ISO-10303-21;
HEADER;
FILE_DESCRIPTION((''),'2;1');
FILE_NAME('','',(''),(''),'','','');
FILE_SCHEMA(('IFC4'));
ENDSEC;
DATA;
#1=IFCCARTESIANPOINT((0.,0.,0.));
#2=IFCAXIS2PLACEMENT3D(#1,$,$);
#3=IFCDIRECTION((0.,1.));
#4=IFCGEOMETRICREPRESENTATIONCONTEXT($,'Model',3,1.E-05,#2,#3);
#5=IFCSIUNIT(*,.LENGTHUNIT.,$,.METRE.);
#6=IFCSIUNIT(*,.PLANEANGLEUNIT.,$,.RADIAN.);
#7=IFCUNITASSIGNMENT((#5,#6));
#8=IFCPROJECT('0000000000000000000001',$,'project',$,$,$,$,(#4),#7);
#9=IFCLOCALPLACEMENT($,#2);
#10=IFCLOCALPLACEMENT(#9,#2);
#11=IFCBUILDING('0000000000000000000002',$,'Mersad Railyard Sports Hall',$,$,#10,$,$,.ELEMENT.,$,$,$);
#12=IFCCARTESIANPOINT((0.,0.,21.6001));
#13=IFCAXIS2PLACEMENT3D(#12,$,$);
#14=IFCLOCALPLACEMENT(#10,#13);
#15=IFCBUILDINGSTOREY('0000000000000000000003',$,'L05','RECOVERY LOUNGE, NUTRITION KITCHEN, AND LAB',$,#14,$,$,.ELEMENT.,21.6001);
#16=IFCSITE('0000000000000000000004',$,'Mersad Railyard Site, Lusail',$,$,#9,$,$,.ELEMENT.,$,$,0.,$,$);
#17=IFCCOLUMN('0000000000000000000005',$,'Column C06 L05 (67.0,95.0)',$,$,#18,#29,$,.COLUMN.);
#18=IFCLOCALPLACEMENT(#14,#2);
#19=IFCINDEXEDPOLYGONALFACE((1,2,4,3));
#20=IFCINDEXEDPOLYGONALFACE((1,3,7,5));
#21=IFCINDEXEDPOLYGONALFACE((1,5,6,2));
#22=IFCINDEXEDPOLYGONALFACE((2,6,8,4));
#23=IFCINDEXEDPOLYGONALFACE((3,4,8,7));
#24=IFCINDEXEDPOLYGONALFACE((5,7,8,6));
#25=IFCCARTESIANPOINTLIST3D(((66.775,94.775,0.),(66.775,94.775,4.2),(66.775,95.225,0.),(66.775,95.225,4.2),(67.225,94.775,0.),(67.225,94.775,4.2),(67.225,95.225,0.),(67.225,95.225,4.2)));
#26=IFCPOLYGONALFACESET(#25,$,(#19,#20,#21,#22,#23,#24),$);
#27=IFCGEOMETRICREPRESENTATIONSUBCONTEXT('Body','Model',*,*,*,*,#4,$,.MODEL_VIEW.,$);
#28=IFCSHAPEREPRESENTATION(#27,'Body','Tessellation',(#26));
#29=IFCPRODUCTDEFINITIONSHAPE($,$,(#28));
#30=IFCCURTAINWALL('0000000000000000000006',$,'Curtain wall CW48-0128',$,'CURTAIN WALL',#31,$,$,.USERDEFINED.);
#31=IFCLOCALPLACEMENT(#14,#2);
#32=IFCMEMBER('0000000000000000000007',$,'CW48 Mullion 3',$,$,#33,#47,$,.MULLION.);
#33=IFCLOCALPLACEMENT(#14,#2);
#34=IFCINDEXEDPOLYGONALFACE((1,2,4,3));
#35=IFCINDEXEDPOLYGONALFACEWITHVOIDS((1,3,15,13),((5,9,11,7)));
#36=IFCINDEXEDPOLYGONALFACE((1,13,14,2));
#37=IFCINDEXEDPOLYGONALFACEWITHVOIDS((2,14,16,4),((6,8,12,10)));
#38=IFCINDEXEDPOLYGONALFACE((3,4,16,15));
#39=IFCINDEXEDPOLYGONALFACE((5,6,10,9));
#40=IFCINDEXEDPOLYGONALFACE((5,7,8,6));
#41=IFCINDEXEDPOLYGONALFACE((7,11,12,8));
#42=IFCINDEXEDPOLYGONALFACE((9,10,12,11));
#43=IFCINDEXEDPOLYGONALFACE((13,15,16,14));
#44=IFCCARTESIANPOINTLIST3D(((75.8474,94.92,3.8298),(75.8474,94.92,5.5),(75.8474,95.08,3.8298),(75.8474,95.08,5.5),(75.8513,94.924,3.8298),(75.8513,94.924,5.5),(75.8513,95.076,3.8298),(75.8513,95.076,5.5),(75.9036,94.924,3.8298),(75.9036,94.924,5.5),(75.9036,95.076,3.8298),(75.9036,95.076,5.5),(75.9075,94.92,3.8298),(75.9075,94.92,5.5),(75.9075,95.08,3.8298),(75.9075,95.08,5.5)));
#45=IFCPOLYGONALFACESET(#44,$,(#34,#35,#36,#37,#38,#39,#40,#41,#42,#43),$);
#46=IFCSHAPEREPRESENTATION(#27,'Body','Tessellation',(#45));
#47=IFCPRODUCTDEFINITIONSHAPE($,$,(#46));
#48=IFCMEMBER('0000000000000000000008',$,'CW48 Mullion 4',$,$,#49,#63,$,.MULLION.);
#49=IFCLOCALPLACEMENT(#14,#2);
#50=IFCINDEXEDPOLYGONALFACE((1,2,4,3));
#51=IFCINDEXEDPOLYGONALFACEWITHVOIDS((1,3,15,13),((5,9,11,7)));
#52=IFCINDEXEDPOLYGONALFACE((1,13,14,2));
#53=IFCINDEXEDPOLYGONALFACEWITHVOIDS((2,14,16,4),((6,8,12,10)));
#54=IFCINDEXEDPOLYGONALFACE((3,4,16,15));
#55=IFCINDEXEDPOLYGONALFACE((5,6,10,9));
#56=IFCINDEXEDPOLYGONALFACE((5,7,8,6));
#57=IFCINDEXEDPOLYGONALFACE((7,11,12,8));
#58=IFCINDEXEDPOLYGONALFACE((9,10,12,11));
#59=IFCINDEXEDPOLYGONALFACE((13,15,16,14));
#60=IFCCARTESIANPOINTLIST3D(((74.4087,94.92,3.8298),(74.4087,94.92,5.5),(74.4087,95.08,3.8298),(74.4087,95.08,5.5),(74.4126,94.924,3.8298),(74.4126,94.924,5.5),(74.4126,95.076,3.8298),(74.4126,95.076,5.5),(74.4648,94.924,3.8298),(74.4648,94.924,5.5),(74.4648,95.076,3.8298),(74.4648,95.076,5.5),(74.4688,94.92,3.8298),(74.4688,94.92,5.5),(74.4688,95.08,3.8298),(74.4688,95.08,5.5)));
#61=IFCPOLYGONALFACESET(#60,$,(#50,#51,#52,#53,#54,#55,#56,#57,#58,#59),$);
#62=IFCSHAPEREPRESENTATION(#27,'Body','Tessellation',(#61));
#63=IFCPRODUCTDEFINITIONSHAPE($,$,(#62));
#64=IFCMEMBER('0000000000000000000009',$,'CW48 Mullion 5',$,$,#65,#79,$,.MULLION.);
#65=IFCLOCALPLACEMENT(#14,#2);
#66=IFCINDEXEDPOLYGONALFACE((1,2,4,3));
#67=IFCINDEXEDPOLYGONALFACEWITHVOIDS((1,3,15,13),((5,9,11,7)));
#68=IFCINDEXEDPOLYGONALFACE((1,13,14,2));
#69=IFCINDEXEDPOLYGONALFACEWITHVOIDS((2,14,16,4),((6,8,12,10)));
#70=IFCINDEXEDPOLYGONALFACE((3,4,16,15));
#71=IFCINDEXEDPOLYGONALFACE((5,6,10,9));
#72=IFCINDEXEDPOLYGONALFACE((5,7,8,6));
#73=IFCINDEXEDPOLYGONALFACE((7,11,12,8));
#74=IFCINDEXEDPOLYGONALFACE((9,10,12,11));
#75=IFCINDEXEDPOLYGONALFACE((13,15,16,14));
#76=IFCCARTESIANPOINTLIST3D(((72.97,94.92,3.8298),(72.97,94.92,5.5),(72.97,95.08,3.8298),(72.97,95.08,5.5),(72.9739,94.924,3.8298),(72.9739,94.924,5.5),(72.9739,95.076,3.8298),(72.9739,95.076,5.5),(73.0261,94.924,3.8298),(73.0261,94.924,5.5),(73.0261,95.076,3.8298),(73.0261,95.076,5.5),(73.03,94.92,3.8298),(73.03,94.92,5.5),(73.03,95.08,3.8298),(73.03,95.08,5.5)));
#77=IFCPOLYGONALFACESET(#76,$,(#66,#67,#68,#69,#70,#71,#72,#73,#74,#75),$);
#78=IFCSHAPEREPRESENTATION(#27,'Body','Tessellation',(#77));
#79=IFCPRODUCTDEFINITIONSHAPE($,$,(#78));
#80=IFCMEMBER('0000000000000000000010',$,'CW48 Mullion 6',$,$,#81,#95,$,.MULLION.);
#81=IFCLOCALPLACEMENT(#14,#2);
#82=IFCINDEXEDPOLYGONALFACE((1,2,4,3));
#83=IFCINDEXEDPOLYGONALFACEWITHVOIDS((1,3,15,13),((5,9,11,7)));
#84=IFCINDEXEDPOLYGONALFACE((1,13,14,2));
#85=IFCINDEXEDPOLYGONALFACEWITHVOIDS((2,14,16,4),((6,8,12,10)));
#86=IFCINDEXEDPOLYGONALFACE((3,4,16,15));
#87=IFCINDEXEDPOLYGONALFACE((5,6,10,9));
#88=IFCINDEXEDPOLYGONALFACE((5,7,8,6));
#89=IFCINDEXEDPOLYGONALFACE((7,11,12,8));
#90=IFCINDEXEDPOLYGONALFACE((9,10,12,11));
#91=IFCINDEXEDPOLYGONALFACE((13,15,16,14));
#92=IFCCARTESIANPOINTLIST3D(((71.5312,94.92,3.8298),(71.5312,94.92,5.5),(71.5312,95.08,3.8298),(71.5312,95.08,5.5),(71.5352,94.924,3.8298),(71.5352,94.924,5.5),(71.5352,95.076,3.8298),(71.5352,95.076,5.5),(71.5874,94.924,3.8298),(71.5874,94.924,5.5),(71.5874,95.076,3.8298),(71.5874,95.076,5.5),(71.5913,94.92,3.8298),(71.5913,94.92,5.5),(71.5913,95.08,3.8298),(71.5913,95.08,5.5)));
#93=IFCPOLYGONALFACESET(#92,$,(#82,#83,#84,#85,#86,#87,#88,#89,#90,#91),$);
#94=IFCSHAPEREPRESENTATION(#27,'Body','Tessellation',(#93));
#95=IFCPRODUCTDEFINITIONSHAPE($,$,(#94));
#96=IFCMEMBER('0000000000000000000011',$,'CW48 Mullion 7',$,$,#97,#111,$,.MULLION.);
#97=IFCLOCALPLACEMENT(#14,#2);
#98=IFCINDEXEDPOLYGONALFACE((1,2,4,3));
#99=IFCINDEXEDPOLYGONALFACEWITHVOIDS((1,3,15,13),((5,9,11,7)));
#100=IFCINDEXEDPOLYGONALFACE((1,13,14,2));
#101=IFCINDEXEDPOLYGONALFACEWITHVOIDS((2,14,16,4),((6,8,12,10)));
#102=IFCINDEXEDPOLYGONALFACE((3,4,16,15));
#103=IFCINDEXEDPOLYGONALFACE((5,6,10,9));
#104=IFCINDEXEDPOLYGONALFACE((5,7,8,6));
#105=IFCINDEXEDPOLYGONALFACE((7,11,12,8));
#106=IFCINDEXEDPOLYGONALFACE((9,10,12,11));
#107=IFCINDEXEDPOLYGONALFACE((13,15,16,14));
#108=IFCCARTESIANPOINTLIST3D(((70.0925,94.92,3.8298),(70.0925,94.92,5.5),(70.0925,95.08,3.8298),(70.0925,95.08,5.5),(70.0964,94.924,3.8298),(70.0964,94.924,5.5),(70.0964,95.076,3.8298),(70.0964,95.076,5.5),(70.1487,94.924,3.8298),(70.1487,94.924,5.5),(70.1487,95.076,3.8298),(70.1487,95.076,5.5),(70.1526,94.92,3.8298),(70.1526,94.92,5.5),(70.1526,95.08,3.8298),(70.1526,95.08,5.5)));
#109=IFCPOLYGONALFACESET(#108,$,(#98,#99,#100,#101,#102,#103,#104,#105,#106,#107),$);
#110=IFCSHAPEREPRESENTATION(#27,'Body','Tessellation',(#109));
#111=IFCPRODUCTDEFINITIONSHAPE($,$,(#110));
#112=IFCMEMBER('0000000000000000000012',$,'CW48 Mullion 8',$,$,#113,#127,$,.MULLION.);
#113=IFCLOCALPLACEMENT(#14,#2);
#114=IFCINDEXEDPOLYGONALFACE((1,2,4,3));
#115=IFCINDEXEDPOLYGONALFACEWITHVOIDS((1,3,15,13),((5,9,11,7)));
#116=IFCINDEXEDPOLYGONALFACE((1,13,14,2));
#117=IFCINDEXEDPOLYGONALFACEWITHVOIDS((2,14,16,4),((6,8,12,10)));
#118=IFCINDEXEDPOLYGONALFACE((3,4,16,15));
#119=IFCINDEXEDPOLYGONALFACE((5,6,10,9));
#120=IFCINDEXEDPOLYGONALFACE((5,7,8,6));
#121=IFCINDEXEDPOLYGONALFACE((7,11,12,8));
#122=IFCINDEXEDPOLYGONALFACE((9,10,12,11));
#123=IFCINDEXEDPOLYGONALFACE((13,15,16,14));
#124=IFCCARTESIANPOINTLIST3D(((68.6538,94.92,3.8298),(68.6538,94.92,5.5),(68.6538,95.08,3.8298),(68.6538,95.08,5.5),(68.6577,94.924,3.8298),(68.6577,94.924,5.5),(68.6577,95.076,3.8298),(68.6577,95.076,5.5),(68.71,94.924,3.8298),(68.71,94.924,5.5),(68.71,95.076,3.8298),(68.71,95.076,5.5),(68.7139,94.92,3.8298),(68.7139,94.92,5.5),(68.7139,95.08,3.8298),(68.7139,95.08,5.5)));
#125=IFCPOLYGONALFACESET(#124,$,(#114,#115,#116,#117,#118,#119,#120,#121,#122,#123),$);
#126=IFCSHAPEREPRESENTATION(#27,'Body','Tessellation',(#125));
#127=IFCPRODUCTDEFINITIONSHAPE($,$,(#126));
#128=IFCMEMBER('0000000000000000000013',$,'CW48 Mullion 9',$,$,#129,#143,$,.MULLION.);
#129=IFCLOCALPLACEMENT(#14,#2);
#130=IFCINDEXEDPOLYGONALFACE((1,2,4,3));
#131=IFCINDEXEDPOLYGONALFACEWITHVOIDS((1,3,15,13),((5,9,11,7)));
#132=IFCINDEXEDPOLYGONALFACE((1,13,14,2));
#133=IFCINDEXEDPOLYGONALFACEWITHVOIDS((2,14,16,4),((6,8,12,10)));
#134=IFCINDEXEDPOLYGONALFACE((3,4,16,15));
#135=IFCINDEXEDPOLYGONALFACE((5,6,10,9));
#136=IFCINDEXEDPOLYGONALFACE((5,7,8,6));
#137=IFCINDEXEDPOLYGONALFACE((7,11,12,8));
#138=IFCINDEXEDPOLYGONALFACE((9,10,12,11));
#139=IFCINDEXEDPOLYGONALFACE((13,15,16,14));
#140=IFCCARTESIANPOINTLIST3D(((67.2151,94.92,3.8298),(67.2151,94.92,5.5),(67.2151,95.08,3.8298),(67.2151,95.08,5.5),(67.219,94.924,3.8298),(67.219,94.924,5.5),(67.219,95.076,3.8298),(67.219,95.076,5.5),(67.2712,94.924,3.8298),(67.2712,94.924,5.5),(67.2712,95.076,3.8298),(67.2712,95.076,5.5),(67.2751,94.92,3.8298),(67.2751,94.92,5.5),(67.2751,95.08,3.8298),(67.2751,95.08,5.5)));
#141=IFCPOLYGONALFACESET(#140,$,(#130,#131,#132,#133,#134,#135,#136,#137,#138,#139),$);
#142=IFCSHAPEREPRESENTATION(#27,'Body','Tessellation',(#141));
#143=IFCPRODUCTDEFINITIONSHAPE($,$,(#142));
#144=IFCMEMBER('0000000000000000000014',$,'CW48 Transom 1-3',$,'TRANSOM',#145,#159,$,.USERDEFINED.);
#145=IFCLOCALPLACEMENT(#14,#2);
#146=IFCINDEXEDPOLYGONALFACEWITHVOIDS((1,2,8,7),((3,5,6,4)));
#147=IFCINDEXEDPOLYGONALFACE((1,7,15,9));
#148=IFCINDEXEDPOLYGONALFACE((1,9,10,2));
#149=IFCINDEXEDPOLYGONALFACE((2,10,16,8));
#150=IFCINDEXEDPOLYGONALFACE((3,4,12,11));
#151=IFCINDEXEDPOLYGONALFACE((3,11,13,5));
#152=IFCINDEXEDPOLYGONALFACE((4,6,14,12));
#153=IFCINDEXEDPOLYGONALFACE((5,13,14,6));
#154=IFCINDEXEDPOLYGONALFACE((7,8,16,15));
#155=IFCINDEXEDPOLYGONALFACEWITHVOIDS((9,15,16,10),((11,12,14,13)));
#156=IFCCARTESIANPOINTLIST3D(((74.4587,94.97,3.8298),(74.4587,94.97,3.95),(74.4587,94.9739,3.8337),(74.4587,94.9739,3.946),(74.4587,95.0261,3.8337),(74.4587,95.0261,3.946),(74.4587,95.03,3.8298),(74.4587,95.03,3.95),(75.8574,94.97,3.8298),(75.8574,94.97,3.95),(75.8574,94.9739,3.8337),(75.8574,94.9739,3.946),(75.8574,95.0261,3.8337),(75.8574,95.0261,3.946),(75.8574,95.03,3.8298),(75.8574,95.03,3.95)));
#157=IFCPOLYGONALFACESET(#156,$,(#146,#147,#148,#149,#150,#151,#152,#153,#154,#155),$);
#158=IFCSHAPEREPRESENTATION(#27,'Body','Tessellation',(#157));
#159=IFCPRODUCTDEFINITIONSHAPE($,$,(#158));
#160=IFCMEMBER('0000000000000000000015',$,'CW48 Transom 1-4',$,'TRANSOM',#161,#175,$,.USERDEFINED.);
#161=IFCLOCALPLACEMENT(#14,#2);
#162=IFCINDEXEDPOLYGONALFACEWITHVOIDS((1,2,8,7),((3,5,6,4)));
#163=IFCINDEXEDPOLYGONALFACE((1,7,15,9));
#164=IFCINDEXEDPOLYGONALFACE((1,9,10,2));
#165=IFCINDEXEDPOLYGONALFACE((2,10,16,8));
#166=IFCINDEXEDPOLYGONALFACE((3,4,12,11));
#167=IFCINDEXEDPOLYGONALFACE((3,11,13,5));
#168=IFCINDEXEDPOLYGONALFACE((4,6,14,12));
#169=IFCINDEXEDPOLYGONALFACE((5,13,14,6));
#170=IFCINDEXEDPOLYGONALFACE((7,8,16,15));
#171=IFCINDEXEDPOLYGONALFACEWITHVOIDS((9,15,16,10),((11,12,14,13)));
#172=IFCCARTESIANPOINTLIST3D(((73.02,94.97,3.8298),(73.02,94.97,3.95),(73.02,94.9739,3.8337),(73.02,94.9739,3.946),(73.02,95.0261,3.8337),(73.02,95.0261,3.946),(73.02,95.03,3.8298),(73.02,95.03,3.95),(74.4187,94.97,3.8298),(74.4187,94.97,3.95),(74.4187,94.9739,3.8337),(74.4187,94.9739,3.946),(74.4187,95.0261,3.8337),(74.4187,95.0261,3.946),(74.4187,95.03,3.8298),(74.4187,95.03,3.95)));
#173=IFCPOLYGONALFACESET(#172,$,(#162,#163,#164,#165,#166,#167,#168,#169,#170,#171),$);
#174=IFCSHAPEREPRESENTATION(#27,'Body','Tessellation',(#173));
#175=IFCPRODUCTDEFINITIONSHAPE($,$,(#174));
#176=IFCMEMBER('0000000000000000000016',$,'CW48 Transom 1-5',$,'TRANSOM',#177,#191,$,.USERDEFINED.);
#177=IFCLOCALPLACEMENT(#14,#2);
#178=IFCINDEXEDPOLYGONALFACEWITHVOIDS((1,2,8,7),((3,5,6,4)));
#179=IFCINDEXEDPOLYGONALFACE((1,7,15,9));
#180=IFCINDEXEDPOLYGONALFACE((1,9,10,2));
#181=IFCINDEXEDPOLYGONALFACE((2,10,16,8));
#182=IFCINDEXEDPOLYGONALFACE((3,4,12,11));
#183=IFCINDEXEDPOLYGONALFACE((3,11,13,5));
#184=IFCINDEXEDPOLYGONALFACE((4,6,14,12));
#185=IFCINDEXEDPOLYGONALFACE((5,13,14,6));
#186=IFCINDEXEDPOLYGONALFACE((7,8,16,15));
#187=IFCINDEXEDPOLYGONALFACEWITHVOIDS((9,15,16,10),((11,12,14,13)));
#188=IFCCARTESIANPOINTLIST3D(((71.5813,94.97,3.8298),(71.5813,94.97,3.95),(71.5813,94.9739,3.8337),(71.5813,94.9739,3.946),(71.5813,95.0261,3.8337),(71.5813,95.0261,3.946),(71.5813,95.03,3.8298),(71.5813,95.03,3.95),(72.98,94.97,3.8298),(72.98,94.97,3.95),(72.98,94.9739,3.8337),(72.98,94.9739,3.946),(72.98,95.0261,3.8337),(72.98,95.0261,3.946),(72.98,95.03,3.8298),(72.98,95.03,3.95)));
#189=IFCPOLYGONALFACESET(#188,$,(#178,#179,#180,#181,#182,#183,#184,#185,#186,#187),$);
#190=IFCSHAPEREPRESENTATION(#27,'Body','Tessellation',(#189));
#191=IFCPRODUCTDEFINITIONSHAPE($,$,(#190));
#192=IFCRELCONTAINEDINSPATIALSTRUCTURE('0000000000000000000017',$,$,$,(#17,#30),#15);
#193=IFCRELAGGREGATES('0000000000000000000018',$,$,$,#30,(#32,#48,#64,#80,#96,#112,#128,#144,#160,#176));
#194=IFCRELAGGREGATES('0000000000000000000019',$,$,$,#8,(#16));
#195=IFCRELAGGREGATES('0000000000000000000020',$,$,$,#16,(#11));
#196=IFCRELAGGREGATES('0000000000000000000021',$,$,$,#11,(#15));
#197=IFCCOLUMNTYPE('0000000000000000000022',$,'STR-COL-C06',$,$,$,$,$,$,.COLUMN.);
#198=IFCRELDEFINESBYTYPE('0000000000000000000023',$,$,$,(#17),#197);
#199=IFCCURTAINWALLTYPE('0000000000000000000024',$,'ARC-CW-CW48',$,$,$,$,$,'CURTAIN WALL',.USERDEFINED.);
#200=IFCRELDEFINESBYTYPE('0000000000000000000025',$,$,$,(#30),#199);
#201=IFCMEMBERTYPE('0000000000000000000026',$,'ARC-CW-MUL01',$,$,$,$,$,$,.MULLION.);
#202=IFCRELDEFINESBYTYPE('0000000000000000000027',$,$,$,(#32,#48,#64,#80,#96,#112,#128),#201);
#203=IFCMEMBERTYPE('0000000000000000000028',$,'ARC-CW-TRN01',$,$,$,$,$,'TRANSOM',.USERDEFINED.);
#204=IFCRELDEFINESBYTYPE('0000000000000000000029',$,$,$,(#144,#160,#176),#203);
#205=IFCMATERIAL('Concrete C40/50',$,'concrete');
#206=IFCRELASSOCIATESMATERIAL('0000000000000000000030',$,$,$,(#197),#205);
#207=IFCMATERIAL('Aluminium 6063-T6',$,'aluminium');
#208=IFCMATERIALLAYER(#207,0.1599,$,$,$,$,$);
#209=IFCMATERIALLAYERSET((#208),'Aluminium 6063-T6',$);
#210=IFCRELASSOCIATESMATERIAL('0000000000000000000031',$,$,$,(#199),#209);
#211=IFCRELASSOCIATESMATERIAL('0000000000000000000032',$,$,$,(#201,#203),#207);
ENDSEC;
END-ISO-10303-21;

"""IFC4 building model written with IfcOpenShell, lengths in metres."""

from ifc_helpers import new_model, si_unit, direction, frame, origin, origin_2d, place, context, subcontext, project, spatial, rectangle, hollow_rectangle, extrude, material, layer, layer_set, material_profile, profile_set, type_object, element, aggregate, save


model = new_model("IFC4")

# Units and contexts
model_context = context("Model", 3, precision=1e-05, world=origin(), true_north=direction((0.0, 1.0)))
body_context = subcontext(model_context, "Body", "Model", "MODEL_VIEW")
ifc_project = project(units=[si_unit("LENGTHUNIT", "METRE"), si_unit("PLANEANGLEUNIT", "RADIAN")], contexts=[model_context])

# Site, building, storey
site_placement = place(None, origin())
site = spatial("IfcSite", under=ifc_project, at=site_placement, Name="Mersad Railyard Site, Lusail", CompositionType="ELEMENT", RefElevation=0.0)
building_placement = place(site_placement, origin())
building = spatial("IfcBuilding", under=site, at=building_placement, Name="Mersad Railyard Sports Hall", CompositionType="ELEMENT")
storey_placement = place(building_placement, frame((0.0, 0.0, 21.6001)))
storey = spatial("IfcBuildingStorey", under=building, at=storey_placement, Name="L05", Description="RECOVERY LOUNGE, NUTRITION KITCHEN, AND LAB", CompositionType="ELEMENT", Elevation=21.6001)

# Column
ifc_material_1 = material(Name="Concrete C40/50", Category="concrete")
ifc_material_profile_1 = material_profile(ifc_material_1, rectangle(XDim=0.45, YDim=0.45, at=origin_2d()), Name="RC 450x450")
ifc_profile_set_1 = profile_set([ifc_material_profile_1], Name="Concrete C40/50")
column_type = type_object("IfcColumnType", Name="STR-COL-C06", PredefinedType="COLUMN", material=ifc_profile_set_1)
column_placement = place(storey_placement, frame((67.0, 95.0, 0.0), z_axis=(0.0, 0.0, 1.0), x_axis=(1.0, 0.0, 0.0)))
element("IfcColumn", 1, at=column_placement, inside=storey, type_object=column_type, Name="Column C06 L05 (67.0,95.0)", PredefinedType="COLUMN", context=body_context, shape_type="SweptSolid", body=[
    extrude(rectangle(XDim=0.45, YDim=0.45, at=origin_2d()), origin(), (0.0, 0.0, 1.0), 4.2),
])

# Curtain wall, members
ifc_material_2 = material(Name="Aluminium 6063-T6", Category="aluminium")
ifc_layer_1 = layer(ifc_material_2, 0.1599)
ifc_layer_set_1 = layer_set([ifc_layer_1], Name="Aluminium 6063-T6")
curtain_wall_type = type_object("IfcCurtainWallType", Name="ARC-CW-CW48", ElementType="CURTAIN WALL", PredefinedType="USERDEFINED", material=ifc_layer_set_1)
curtain_wall_placement = place(storey_placement, origin())
curtain_wall = element("IfcCurtainWall", 2, at=curtain_wall_placement, inside=storey, type_object=curtain_wall_type, Name="Curtain wall CW48-0128", ObjectType="CURTAIN WALL", PredefinedType="USERDEFINED")
ifc_material_profile_2 = material_profile(ifc_material_2, hollow_rectangle(XDim=0.0601, YDim=0.1599, WallThickness=0.0039, at=origin_2d()), Name="AL MULLION 60x160x4")
ifc_profile_set_2 = profile_set([ifc_material_profile_2], Name="Aluminium 6063-T6")
member_type_1 = type_object("IfcMemberType", Name="ARC-CW-MUL01", PredefinedType="MULLION", material=ifc_profile_set_2)
member_1_placement = place(storey_placement, frame((75.8774, 95.0, 3.8298), z_axis=(0.0, 0.0, 1.0), x_axis=(1.0, 0.0, 0.0)))
member_1 = element("IfcMember", 3, at=member_1_placement, type_object=member_type_1, Name="CW48 Mullion 3", PredefinedType="MULLION", context=body_context, shape_type="SweptSolid", body=[
    extrude(hollow_rectangle(XDim=0.0601, YDim=0.1599, WallThickness=0.0039, at=origin_2d()), origin(), (0.0, 0.0, 1.0), 1.6702),
])
member_2_placement = place(storey_placement, frame((74.4387, 95.0, 3.8298), z_axis=(0.0, 0.0, 1.0), x_axis=(1.0, 0.0, 0.0)))
member_2 = element("IfcMember", 4, at=member_2_placement, type_object=member_type_1, Name="CW48 Mullion 4", PredefinedType="MULLION", context=body_context, shape_type="SweptSolid", body=[
    extrude(hollow_rectangle(XDim=0.0601, YDim=0.1599, WallThickness=0.0039, at=origin_2d()), origin(), (0.0, 0.0, 1.0), 1.6702),
])
member_3_placement = place(storey_placement, frame((73.0, 95.0, 3.8298), z_axis=(0.0, 0.0, 1.0), x_axis=(1.0, 0.0, 0.0)))
member_3 = element("IfcMember", 5, at=member_3_placement, type_object=member_type_1, Name="CW48 Mullion 5", PredefinedType="MULLION", context=body_context, shape_type="SweptSolid", body=[
    extrude(hollow_rectangle(XDim=0.0601, YDim=0.1599, WallThickness=0.0039, at=origin_2d()), origin(), (0.0, 0.0, 1.0), 1.6702),
])
member_4_placement = place(storey_placement, frame((71.5613, 95.0, 3.8298), z_axis=(0.0, 0.0, 1.0), x_axis=(1.0, 0.0, 0.0)))
member_4 = element("IfcMember", 6, at=member_4_placement, type_object=member_type_1, Name="CW48 Mullion 6", PredefinedType="MULLION", context=body_context, shape_type="SweptSolid", body=[
    extrude(hollow_rectangle(XDim=0.0601, YDim=0.1599, WallThickness=0.0039, at=origin_2d()), origin(), (0.0, 0.0, 1.0), 1.6702),
])
member_5_placement = place(storey_placement, frame((70.1226, 95.0, 3.8298), z_axis=(0.0, 0.0, 1.0), x_axis=(1.0, 0.0, 0.0)))
member_5 = element("IfcMember", 7, at=member_5_placement, type_object=member_type_1, Name="CW48 Mullion 7", PredefinedType="MULLION", context=body_context, shape_type="SweptSolid", body=[
    extrude(hollow_rectangle(XDim=0.0601, YDim=0.1599, WallThickness=0.0039, at=origin_2d()), origin(), (0.0, 0.0, 1.0), 1.6702),
])
member_6_placement = place(storey_placement, frame((68.6838, 95.0, 3.8298), z_axis=(0.0, 0.0, 1.0), x_axis=(1.0, 0.0, 0.0)))
member_6 = element("IfcMember", 8, at=member_6_placement, type_object=member_type_1, Name="CW48 Mullion 8", PredefinedType="MULLION", context=body_context, shape_type="SweptSolid", body=[
    extrude(hollow_rectangle(XDim=0.0601, YDim=0.1599, WallThickness=0.0039, at=origin_2d()), origin(), (0.0, 0.0, 1.0), 1.6702),
])
member_7_placement = place(storey_placement, frame((67.2451, 95.0, 3.8298), z_axis=(0.0, 0.0, 1.0), x_axis=(1.0, 0.0, 0.0)))
member_7 = element("IfcMember", 9, at=member_7_placement, type_object=member_type_1, Name="CW48 Mullion 9", PredefinedType="MULLION", context=body_context, shape_type="SweptSolid", body=[
    extrude(hollow_rectangle(XDim=0.0601, YDim=0.1599, WallThickness=0.0039, at=origin_2d()), origin(), (0.0, 0.0, 1.0), 1.6702),
])
ifc_material_profile_3 = material_profile(ifc_material_2, hollow_rectangle(XDim=0.0601, YDim=0.1201, WallThickness=0.0039, at=origin_2d()), Name="AL TRANSOM 60x120x4")
ifc_profile_set_3 = profile_set([ifc_material_profile_3], Name="Aluminium 6063-T6")
member_type_2 = type_object("IfcMemberType", Name="ARC-CW-TRN01", ElementType="TRANSOM", PredefinedType="USERDEFINED", material=ifc_profile_set_3)
member_8_placement = place(storey_placement, frame((75.8574, 95.0, 3.8899), z_axis=(-1.0, 0.0, 0.0), x_axis=(0.0, -1.0, 0.0)))
member_8 = element("IfcMember", 10, at=member_8_placement, type_object=member_type_2, Name="CW48 Transom 1-3", ObjectType="TRANSOM", PredefinedType="USERDEFINED", context=body_context, shape_type="SweptSolid", body=[
    extrude(hollow_rectangle(XDim=0.0601, YDim=0.1201, WallThickness=0.0039, at=origin_2d()), origin(), (0.0, 0.0, 1.0), 1.3987),
])
member_9_placement = place(storey_placement, frame((74.4187, 95.0, 3.8899), z_axis=(-1.0, 0.0, 0.0), x_axis=(0.0, -1.0, 0.0)))
member_9 = element("IfcMember", 11, at=member_9_placement, type_object=member_type_2, Name="CW48 Transom 1-4", ObjectType="TRANSOM", PredefinedType="USERDEFINED", context=body_context, shape_type="SweptSolid", body=[
    extrude(hollow_rectangle(XDim=0.0601, YDim=0.1201, WallThickness=0.0039, at=origin_2d()), origin(), (0.0, 0.0, 1.0), 1.3987),
])
member_10_placement = place(storey_placement, frame((72.98, 95.0, 3.8899), z_axis=(-1.0, 0.0, 0.0), x_axis=(0.0, -1.0, 0.0)))
member_10 = element("IfcMember", 12, at=member_10_placement, type_object=member_type_2, Name="CW48 Transom 1-5", ObjectType="TRANSOM", PredefinedType="USERDEFINED", context=body_context, shape_type="SweptSolid", body=[
    extrude(hollow_rectangle(XDim=0.0601, YDim=0.1201, WallThickness=0.0039, at=origin_2d()), origin(), (0.0, 0.0, 1.0), 1.3987),
])

aggregate(curtain_wall, [member_1, member_2, member_3, member_4, member_5, member_6, member_7, member_8, member_9, member_10])

save(model, "model.ifc")
